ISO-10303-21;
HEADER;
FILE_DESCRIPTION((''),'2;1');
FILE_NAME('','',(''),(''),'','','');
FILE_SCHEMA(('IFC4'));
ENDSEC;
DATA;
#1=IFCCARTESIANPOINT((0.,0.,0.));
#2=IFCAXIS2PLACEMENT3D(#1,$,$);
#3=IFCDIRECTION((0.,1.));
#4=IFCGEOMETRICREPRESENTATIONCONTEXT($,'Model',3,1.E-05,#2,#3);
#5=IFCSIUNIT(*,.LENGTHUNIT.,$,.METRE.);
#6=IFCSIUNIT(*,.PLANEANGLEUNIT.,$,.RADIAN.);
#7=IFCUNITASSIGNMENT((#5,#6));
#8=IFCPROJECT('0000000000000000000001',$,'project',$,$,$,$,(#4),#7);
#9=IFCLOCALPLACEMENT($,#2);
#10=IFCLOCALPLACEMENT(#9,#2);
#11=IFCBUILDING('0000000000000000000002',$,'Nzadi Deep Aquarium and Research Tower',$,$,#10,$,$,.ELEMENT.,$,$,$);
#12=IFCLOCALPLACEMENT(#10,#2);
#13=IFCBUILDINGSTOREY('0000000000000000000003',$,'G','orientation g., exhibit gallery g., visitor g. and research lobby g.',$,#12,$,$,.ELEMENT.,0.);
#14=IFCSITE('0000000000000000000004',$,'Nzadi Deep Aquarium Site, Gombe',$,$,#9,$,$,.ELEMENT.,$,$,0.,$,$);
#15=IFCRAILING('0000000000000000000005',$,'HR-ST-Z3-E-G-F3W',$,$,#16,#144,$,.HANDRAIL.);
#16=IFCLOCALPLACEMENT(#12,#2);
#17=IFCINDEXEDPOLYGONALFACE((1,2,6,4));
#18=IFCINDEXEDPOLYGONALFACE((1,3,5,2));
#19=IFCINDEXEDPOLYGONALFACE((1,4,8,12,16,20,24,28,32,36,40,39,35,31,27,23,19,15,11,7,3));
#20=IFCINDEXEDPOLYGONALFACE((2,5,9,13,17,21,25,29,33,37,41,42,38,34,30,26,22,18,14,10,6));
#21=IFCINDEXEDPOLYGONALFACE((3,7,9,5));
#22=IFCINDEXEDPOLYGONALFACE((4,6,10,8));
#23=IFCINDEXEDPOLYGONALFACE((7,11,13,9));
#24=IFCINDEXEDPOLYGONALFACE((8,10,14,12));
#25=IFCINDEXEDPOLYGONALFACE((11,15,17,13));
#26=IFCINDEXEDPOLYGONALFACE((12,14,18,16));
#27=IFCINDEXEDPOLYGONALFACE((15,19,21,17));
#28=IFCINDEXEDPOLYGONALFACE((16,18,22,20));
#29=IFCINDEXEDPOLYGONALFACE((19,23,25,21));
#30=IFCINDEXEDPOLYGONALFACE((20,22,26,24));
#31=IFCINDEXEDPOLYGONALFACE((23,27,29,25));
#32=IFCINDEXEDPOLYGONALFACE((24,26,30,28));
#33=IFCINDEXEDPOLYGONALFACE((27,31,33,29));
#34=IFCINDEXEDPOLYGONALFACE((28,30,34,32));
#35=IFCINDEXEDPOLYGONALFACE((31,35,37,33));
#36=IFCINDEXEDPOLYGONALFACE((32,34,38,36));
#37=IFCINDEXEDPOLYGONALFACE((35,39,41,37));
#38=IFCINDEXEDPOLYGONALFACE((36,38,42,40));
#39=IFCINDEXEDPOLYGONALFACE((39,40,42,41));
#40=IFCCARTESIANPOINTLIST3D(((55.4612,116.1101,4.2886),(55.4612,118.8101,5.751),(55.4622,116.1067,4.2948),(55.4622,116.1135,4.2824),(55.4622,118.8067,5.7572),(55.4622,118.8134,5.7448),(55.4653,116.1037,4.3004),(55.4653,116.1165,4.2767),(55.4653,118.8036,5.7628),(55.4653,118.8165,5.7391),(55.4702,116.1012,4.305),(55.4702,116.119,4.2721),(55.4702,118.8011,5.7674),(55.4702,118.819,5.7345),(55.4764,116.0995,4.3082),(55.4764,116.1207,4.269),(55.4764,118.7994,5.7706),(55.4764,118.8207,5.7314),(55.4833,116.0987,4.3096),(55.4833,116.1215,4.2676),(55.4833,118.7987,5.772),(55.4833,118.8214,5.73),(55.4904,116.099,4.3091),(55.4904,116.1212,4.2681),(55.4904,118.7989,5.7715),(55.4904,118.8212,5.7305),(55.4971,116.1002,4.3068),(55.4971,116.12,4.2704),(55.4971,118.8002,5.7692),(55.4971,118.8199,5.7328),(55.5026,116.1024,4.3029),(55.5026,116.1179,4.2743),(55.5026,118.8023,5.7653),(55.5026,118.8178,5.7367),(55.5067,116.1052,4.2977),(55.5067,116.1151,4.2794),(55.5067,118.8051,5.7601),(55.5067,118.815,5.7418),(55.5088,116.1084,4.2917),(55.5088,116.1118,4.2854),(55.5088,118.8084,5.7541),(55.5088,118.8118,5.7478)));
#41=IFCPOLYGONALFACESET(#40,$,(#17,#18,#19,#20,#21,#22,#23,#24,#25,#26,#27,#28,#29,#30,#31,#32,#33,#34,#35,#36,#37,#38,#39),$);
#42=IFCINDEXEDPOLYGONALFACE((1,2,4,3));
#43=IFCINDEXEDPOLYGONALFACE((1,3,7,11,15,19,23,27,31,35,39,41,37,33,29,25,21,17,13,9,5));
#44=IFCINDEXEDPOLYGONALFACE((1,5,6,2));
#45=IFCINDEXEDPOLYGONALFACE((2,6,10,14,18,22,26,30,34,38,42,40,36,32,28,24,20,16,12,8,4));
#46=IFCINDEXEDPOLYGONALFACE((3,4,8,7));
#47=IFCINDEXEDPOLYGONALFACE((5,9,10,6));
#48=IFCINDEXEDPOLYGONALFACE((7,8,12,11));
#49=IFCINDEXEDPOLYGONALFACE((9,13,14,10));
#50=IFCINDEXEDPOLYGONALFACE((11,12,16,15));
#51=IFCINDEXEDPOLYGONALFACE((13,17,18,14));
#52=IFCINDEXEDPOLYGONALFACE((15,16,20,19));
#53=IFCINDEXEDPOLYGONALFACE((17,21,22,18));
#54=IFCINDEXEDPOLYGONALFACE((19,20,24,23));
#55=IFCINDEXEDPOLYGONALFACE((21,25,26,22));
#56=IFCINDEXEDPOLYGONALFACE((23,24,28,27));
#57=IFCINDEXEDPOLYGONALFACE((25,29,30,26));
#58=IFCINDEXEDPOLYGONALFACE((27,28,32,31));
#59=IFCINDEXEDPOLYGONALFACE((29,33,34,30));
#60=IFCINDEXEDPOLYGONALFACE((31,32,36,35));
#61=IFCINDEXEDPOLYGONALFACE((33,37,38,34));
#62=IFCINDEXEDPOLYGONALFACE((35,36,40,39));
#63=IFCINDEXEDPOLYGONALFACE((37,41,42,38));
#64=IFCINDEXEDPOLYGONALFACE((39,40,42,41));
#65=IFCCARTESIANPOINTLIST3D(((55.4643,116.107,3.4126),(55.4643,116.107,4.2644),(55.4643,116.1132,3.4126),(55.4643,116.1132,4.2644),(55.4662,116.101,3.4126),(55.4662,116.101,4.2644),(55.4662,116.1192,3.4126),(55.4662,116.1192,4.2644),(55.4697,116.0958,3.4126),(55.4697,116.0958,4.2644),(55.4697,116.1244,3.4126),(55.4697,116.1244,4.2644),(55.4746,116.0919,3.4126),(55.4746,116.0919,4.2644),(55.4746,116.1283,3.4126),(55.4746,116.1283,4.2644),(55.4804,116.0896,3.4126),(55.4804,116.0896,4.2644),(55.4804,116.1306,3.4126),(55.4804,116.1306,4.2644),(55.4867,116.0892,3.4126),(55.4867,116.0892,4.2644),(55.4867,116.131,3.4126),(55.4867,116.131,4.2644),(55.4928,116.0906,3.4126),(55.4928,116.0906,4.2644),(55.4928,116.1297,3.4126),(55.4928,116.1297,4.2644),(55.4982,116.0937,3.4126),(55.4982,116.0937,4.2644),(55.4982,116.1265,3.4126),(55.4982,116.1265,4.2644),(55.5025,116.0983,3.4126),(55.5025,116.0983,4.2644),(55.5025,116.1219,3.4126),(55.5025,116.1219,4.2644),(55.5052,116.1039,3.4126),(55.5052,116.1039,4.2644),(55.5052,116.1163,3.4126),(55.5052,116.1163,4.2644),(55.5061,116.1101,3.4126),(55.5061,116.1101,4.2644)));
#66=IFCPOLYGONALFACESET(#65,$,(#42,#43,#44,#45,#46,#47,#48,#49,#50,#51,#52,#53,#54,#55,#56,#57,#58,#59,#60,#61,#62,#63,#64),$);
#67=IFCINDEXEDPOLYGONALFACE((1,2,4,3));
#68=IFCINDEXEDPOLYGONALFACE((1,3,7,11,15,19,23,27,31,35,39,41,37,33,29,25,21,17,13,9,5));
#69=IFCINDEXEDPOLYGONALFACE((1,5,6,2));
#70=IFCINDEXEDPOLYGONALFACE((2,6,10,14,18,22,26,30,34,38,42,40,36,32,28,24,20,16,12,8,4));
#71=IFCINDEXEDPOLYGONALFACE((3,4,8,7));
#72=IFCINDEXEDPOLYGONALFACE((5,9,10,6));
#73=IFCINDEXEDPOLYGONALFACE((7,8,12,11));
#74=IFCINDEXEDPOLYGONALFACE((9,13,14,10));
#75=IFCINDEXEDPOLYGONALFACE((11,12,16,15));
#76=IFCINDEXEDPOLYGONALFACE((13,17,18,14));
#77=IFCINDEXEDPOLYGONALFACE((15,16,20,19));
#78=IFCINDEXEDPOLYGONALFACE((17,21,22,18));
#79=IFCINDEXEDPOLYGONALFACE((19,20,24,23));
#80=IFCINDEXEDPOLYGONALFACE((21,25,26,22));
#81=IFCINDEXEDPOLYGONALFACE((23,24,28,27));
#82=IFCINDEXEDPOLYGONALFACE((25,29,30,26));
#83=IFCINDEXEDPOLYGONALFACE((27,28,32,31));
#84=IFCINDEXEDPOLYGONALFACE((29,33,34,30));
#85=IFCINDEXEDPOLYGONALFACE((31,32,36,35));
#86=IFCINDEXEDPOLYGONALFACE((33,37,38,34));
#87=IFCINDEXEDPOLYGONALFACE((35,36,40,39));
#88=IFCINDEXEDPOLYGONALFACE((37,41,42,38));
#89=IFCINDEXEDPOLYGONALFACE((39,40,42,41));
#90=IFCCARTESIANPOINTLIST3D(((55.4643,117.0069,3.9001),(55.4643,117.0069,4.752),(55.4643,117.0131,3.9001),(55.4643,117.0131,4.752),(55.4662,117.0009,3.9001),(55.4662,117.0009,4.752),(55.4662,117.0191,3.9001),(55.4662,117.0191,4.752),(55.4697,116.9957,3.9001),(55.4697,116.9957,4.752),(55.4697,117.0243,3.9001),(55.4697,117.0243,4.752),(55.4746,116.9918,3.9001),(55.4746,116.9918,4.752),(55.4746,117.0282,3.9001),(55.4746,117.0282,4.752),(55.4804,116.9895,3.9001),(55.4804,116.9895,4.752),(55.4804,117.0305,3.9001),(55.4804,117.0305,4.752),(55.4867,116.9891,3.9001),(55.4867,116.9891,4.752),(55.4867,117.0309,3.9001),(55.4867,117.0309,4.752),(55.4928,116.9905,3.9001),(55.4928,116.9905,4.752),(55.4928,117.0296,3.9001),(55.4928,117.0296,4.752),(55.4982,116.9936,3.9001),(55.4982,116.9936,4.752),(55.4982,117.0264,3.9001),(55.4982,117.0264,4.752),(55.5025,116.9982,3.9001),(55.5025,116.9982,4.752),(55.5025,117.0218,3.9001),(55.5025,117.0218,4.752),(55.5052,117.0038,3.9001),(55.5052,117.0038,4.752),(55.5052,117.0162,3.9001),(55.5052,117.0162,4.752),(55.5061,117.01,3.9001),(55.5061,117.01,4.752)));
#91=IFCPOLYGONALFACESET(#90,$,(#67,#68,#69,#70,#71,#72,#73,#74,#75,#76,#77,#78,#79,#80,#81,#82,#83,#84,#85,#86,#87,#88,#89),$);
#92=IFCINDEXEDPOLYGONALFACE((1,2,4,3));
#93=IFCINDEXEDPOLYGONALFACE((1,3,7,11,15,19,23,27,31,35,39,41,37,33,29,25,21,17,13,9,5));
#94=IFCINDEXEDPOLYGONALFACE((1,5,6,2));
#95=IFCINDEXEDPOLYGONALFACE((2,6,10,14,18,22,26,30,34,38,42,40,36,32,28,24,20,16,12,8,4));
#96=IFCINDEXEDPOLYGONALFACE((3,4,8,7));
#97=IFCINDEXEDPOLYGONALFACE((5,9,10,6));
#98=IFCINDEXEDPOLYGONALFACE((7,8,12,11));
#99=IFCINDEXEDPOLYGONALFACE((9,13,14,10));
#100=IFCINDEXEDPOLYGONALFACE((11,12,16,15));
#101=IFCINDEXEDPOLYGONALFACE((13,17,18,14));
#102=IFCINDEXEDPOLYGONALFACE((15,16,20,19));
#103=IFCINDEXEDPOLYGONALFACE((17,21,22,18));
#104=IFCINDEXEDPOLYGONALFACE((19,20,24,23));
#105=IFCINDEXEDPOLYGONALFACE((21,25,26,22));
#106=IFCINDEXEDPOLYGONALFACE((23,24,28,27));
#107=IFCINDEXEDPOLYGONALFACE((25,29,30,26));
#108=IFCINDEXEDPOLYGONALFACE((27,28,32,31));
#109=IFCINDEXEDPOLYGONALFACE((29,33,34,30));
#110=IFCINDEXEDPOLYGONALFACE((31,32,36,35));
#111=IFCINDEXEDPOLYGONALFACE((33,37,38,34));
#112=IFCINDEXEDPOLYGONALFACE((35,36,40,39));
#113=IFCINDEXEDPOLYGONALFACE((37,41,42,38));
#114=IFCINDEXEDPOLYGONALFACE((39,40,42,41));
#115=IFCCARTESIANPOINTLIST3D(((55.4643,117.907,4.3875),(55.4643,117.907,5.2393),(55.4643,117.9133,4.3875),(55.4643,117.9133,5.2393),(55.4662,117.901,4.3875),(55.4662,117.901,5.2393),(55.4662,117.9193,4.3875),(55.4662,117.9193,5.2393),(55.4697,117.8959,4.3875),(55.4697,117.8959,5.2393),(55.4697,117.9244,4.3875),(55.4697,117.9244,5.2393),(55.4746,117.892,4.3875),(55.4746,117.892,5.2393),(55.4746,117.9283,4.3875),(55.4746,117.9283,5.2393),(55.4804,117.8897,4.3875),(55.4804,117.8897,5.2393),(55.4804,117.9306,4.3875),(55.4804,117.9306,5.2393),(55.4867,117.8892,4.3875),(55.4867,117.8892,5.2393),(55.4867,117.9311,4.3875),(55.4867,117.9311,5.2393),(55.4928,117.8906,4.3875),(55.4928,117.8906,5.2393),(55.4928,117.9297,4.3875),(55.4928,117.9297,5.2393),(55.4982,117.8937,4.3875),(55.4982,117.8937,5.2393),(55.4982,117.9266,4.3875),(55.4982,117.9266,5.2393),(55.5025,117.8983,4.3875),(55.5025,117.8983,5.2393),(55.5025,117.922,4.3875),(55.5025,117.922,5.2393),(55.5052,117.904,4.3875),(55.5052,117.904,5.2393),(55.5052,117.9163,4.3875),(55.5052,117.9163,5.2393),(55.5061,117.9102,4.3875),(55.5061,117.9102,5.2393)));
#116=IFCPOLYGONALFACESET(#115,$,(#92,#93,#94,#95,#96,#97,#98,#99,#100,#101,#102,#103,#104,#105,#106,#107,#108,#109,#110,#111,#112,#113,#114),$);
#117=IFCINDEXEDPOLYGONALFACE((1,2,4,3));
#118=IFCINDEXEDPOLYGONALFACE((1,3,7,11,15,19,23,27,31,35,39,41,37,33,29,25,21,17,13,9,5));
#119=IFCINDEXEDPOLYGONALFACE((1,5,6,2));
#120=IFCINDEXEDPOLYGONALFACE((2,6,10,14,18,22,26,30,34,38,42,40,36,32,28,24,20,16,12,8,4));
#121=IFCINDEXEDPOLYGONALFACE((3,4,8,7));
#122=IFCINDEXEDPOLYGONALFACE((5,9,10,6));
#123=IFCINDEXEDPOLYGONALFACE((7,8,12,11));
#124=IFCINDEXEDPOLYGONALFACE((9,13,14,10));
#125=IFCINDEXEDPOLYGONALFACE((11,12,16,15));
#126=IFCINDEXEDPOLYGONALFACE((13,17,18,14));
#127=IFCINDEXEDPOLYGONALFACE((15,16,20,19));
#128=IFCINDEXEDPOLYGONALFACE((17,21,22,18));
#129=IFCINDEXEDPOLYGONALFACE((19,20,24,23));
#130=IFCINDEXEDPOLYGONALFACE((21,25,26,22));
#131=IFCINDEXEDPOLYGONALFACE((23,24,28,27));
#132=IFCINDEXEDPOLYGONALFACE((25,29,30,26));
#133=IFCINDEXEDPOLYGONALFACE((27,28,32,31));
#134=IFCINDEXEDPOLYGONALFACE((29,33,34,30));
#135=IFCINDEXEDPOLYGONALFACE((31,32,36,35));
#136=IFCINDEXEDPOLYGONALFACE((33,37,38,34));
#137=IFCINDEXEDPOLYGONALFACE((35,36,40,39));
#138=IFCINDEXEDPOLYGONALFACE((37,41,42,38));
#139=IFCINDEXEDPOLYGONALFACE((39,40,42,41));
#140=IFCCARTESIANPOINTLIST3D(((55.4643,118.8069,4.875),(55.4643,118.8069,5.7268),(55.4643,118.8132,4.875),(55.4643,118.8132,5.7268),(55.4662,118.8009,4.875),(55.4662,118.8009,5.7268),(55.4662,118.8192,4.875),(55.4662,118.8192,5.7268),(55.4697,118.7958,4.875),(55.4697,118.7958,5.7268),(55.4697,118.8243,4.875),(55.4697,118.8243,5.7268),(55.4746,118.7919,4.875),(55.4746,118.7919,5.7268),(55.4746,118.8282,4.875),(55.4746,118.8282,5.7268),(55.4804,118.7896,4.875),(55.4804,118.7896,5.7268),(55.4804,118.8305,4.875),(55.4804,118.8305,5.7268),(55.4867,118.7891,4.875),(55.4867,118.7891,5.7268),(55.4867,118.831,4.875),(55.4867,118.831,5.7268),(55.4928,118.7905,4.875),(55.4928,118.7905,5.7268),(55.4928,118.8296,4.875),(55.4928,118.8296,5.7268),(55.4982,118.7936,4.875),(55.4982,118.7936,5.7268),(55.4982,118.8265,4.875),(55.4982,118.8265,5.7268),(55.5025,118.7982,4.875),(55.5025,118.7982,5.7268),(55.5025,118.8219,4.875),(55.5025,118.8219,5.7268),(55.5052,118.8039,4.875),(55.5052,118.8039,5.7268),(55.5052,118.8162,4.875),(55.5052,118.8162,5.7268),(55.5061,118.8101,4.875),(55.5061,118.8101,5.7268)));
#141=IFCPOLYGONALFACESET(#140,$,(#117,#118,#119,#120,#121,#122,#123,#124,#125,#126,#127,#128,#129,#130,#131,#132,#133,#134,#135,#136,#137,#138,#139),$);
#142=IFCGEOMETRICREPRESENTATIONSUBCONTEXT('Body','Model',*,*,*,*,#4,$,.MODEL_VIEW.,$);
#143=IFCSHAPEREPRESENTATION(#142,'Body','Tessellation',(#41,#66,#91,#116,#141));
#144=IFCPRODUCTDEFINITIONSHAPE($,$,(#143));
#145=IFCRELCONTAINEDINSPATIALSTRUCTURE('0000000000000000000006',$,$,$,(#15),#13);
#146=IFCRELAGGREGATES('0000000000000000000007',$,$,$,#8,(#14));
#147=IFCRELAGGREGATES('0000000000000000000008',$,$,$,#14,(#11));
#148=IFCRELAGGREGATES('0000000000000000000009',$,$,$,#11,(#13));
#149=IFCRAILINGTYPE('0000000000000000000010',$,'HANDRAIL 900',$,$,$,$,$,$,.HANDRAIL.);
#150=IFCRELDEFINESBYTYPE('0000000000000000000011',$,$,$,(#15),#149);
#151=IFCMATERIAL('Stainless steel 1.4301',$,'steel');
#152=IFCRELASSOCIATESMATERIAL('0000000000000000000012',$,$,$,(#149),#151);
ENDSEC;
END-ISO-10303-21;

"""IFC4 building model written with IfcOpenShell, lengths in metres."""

from ifc_helpers import new_model, si_unit, direction, frame, origin, origin_2d, place, context, subcontext, project, spatial, circle, extrude, material, type_object, element, save


model = new_model("IFC4")

# Units and contexts
model_context = context("Model", 3, precision=1e-05, world=origin(), true_north=direction((0.0, 1.0)))
body_context = subcontext(model_context, "Body", "Model", "MODEL_VIEW")
ifc_project = project(units=[si_unit("LENGTHUNIT", "METRE"), si_unit("PLANEANGLEUNIT", "RADIAN")], contexts=[model_context])

# Site, building, storey
site_placement = place(None, origin())
site = spatial("IfcSite", under=ifc_project, at=site_placement, Name="Nzadi Deep Aquarium Site, Gombe", CompositionType="ELEMENT", RefElevation=0.0)
building_placement = place(site_placement, origin())
building = spatial("IfcBuilding", under=site, at=building_placement, Name="Nzadi Deep Aquarium and Research Tower", CompositionType="ELEMENT")
storey_placement = place(building_placement, origin())
storey = spatial("IfcBuildingStorey", under=building, at=storey_placement, Name="G", Description="orientation g., exhibit gallery g., visitor g. and research lobby g.", CompositionType="ELEMENT", Elevation=0.0)

# Railing
ifc_material_1 = material(Name="Stainless steel 1.4301", Category="steel")
railing_type = type_object("IfcRailingType", Name="HANDRAIL 900", PredefinedType="HANDRAIL", material=ifc_material_1)
for number, where, name in (
    (1, (55.4851, 116.1101, 3.4126), "HR-ST-Z3-E-G-F3W"),
):
    element("IfcRailing", number, at=place(storey_placement, frame(where)), inside=storey, type_object=railing_type, Name=name, PredefinedType="HANDRAIL", context=body_context, shape_type="SweptSolid", body=[
        extrude(circle(Radius=0.0239, at=origin_2d()), frame((0.0, 0.0, 0.876), z_axis=(0.0, 0.879302, 0.476265), x_axis=(-1.0, 0.0, 0.0)), (0.0, 0.0, 1.0), 3.0706),
        extrude(circle(Radius=0.021, at=origin_2d()), origin(), (0.0, 0.0, 1.0), 0.8518),
        extrude(circle(Radius=0.021, at=origin_2d()), frame((0.0, 0.8999, 0.4875)), (0.0, 0.0, 1.0), 0.8518),
        extrude(circle(Radius=0.021, at=origin_2d()), frame((0.0, 1.8, 0.9749)), (0.0, 0.0, 1.0), 0.8518),
        extrude(circle(Radius=0.021, at=origin_2d()), frame((0.0, 2.7, 1.4624)), (0.0, 0.0, 1.0), 0.8518),
    ])

save(model, "model.ifc")
